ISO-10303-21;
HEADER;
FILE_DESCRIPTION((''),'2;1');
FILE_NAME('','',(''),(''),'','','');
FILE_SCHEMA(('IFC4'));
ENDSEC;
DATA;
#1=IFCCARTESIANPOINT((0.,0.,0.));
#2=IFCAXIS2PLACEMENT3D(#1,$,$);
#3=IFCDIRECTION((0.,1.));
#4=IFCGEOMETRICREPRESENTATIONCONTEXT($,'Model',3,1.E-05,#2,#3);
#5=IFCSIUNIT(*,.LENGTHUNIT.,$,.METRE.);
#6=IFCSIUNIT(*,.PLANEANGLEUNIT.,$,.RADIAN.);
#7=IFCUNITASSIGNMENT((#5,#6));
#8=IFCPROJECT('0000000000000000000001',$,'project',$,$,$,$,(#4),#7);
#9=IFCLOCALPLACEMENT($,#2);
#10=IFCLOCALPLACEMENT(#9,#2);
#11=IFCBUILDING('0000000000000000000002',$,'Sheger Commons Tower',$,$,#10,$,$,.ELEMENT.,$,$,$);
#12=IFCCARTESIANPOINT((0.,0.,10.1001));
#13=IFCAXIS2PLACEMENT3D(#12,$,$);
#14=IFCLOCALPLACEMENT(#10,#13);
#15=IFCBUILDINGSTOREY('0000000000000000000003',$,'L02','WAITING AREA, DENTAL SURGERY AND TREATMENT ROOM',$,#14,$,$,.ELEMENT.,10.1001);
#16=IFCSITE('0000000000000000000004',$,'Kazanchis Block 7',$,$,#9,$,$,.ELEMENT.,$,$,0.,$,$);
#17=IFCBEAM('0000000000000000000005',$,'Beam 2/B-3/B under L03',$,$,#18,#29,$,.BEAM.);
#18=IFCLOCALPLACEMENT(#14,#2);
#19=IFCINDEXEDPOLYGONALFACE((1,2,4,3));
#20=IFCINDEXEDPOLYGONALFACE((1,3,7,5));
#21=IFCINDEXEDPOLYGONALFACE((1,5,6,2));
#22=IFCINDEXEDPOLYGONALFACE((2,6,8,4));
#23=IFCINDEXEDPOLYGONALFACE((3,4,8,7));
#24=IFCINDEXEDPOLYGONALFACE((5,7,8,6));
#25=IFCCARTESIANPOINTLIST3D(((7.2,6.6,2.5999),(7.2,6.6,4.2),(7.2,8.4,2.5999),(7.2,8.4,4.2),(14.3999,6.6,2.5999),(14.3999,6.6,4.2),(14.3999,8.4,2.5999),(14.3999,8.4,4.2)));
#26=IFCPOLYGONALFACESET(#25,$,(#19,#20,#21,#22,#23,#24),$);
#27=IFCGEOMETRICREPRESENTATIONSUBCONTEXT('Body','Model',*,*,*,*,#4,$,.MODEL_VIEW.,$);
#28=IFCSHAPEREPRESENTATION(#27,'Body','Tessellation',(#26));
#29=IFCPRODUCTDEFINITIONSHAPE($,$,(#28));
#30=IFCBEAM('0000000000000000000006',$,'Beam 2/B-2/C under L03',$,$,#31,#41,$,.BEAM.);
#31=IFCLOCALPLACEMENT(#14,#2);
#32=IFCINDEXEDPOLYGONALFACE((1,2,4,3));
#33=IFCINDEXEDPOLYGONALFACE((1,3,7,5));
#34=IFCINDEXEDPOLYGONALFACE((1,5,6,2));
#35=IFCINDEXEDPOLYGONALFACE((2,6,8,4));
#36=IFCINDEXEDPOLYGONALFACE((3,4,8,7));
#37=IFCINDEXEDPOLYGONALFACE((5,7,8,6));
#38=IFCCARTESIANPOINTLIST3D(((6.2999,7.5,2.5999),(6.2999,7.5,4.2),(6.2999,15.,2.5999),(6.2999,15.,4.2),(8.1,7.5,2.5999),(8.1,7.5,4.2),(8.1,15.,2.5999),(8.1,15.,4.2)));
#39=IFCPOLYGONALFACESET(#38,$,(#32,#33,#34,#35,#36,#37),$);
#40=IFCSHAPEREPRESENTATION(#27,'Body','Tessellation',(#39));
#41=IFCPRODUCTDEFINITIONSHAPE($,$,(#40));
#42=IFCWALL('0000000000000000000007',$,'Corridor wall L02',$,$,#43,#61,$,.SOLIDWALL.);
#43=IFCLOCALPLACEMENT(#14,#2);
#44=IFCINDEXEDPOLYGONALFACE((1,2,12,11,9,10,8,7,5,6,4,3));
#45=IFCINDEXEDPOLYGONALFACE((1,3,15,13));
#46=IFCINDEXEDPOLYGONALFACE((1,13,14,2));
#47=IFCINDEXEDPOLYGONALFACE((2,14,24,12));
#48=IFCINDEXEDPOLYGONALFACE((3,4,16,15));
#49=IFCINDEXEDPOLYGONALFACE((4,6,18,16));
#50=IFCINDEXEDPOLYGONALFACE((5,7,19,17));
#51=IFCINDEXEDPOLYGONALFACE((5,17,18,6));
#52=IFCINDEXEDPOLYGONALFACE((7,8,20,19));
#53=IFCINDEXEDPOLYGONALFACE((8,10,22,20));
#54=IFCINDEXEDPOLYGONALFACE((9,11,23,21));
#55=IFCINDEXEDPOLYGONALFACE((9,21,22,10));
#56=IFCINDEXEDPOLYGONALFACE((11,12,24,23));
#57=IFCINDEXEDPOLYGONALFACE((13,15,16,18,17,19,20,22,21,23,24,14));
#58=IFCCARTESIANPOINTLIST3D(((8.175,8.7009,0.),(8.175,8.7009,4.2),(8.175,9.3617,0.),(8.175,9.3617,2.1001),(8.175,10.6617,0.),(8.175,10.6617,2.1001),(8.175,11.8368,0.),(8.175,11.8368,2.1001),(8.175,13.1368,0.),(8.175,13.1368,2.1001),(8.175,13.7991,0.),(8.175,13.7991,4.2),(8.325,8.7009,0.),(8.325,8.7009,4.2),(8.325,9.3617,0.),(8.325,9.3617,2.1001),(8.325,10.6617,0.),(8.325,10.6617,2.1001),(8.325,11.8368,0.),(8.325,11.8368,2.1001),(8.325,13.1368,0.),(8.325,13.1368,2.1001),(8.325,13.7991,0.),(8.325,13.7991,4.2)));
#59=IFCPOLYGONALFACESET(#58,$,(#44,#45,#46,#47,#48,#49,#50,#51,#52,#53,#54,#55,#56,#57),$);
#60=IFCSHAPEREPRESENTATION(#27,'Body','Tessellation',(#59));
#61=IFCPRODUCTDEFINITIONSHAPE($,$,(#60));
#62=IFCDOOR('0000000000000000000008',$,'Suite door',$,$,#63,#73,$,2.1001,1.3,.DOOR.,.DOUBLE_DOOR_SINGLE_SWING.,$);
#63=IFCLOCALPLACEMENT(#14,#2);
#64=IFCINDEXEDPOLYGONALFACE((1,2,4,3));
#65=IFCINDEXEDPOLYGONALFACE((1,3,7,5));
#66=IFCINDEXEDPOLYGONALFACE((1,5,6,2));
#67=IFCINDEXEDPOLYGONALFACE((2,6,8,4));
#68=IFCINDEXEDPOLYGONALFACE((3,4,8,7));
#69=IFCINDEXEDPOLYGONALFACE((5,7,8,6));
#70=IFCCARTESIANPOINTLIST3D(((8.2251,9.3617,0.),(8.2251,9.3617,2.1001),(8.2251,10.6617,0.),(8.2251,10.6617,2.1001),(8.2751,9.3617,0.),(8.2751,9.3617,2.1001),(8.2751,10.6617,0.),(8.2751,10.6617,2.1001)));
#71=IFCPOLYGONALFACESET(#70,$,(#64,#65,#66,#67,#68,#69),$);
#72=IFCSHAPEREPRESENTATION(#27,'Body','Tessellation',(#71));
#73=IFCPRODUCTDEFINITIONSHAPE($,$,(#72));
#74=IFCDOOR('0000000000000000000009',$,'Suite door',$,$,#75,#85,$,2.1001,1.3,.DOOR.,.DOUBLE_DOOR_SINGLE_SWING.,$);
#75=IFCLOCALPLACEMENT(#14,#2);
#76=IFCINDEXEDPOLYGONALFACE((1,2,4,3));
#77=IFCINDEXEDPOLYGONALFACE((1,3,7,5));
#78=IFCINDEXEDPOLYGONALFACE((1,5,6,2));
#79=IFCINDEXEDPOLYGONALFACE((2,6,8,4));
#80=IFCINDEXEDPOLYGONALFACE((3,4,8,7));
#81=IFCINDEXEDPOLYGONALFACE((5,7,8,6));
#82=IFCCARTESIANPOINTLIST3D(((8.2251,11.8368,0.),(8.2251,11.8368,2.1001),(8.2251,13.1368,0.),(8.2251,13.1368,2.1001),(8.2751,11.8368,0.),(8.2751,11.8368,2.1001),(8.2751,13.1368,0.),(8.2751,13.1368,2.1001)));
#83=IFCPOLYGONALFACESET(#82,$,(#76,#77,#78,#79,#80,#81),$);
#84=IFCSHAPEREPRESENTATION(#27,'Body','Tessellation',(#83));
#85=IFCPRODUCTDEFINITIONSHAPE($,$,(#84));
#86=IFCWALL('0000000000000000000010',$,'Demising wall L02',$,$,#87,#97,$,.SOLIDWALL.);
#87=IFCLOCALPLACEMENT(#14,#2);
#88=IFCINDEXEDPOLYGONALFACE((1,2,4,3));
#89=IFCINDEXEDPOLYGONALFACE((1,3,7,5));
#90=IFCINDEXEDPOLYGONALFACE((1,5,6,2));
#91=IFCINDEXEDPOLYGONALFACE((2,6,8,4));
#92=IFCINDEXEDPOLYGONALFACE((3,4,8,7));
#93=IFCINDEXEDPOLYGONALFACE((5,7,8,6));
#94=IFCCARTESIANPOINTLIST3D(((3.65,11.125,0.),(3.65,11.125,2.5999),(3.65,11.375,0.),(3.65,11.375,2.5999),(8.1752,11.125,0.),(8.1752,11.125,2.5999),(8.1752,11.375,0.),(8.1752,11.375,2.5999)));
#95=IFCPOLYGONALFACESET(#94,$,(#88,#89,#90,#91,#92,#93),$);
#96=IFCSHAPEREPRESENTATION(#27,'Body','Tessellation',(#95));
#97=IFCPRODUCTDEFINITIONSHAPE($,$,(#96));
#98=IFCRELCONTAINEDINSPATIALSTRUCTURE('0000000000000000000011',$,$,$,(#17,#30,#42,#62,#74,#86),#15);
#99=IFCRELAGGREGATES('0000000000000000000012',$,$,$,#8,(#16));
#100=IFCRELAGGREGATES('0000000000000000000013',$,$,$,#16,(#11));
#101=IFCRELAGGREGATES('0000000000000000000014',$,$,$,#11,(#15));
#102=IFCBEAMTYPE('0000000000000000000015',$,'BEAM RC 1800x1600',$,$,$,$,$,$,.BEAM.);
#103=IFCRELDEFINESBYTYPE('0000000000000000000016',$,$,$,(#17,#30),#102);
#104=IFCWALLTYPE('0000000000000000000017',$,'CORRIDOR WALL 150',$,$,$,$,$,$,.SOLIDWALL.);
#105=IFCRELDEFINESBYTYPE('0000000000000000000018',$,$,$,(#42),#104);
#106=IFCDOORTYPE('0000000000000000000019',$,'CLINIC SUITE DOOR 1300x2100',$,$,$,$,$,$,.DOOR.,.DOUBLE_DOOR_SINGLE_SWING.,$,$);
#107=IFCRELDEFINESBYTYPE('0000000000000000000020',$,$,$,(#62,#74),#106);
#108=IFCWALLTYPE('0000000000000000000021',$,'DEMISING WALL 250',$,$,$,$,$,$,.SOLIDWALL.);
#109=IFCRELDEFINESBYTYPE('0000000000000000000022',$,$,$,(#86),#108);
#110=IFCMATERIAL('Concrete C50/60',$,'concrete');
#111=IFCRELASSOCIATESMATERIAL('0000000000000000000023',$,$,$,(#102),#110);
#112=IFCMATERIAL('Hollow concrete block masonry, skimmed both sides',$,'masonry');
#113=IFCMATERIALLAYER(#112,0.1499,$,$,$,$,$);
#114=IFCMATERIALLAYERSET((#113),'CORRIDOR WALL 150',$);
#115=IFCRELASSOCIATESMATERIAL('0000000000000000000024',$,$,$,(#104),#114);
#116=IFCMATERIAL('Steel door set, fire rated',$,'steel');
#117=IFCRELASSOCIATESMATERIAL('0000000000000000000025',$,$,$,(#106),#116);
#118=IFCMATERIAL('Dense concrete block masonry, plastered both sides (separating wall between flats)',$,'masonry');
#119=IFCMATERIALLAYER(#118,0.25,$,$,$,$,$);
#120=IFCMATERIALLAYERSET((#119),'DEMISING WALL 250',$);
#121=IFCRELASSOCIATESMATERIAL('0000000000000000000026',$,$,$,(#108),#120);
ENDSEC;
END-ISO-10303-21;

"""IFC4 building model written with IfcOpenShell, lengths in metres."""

from ifc_helpers import new_model, si_unit, direction, frame, frame_2d, origin, origin_2d, place, context, subcontext, project, spatial, rectangle, extrude, material, layer, layer_set, material_profile, profile_set, type_object, element, fill, save


model = new_model("IFC4")

# Units and contexts
model_context = context("Model", 3, precision=1e-05, world=origin(), true_north=direction((0.0, 1.0)))
body_context = subcontext(model_context, "Body", "Model", "MODEL_VIEW")
ifc_project = project(units=[si_unit("LENGTHUNIT", "METRE"), si_unit("PLANEANGLEUNIT", "RADIAN")], contexts=[model_context])

# Site, building, storey
site_placement = place(None, origin())
site = spatial("IfcSite", under=ifc_project, at=site_placement, Name="Kazanchis Block 7", CompositionType="ELEMENT", RefElevation=0.0)
building_placement = place(site_placement, origin())
building = spatial("IfcBuilding", under=site, at=building_placement, Name="Sheger Commons Tower", CompositionType="ELEMENT")
storey_placement = place(building_placement, frame((0.0, 0.0, 10.1001)))
storey = spatial("IfcBuildingStorey", under=building, at=storey_placement, Name="L02", Description="WAITING AREA, DENTAL SURGERY AND TREATMENT ROOM", CompositionType="ELEMENT", Elevation=10.1001)

# Beams
ifc_material_1 = material(Name="Concrete C50/60", Category="concrete")
ifc_material_profile = material_profile(ifc_material_1, rectangle(XDim=1.8, YDim=1.6001, at=origin_2d()), Name="RC 1800x1600")
ifc_profile_set = profile_set([ifc_material_profile], Name="Concrete C50/60")
beam_type = type_object("IfcBeamType", Name="BEAM RC 1800x1600", PredefinedType="BEAM", material=ifc_profile_set)
beam_1_placement = place(storey_placement, frame((7.2, 7.5, 3.3999), z_axis=(1.0, 0.0, 0.0), x_axis=(0.0, 1.0, 0.0)))
element("IfcBeam", 1, at=beam_1_placement, inside=storey, type_object=beam_type, Name="Beam 2/B-3/B under L03", PredefinedType="BEAM", context=body_context, shape_type="SweptSolid", body=[
    extrude(rectangle(XDim=1.8, YDim=1.6001, at=origin_2d()), origin(), (0.0, 0.0, 1.0), 7.2),
])
beam_2_placement = place(storey_placement, frame((7.2, 7.5, 3.3999), z_axis=(0.0, 1.0, 0.0), x_axis=(-1.0, 0.0, 0.0)))
element("IfcBeam", 2, at=beam_2_placement, inside=storey, type_object=beam_type, Name="Beam 2/B-2/C under L03", PredefinedType="BEAM", context=body_context, shape_type="SweptSolid", body=[
    extrude(rectangle(XDim=1.8, YDim=1.6001, at=origin_2d()), origin(), (0.0, 0.0, 1.0), 7.5),
])

# Wall, openings, doors
ifc_material_2 = material(Name="Hollow concrete block masonry, skimmed both sides", Category="masonry")
ifc_layer_1 = layer(ifc_material_2, 0.1499)
ifc_layer_set_1 = layer_set([ifc_layer_1], Name="CORRIDOR WALL 150")
wall_type_1 = type_object("IfcWallType", Name="CORRIDOR WALL 150", PredefinedType="SOLIDWALL", material=ifc_layer_set_1)
wall_1_placement = place(storey_placement, frame((8.25, 8.7009, 0.0), z_axis=(0.0, 0.0, 1.0), x_axis=(0.0, 1.0, 0.0)))
wall_1 = element("IfcWall", 3, at=wall_1_placement, inside=storey, type_object=wall_type_1, Name="Corridor wall L02", PredefinedType="SOLIDWALL", context=body_context, shape_type="SweptSolid", body=[
    extrude(rectangle(XDim=5.0981, YDim=0.1499, at=frame_2d((2.5491, 0.0))), origin(), (0.0, 0.0, 1.0), 4.2),
])
opening_1_placement = place(wall_1_placement, frame((0.6609, 0.0, 0.0)))
opening_1 = element("IfcOpeningElement", 4, at=opening_1_placement, cuts=wall_1, PredefinedType="OPENING", context=body_context, shape_type="SweptSolid", body=[
    extrude(rectangle(XDim=1.3, YDim=2.1001, at=frame_2d((0.6499, 1.05))), frame((0.0, 0.085, 0.0), z_axis=(0.0, -1.0, 0.0), x_axis=(1.0, 0.0, 0.0)), (0.0, 0.0, 1.0), 0.1699),
])
opening_2_placement = place(wall_1_placement, frame((3.136, 0.0, 0.0)))
opening_2 = element("IfcOpeningElement", 5, at=opening_2_placement, cuts=wall_1, PredefinedType="OPENING", context=body_context, shape_type="SweptSolid", body=[
    extrude(rectangle(XDim=1.3, YDim=2.1001, at=frame_2d((0.6499, 1.05))), frame((0.0, 0.085, 0.0), z_axis=(0.0, -1.0, 0.0), x_axis=(1.0, 0.0, 0.0)), (0.0, 0.0, 1.0), 0.1699),
])
ifc_material_3 = material(Name="Steel door set, fire rated", Category="steel")
door_type_1 = type_object("IfcDoorType", Name="CLINIC SUITE DOOR 1300x2100", OperationType="DOUBLE_DOOR_SINGLE_SWING", PredefinedType="DOOR", material=ifc_material_3)
door_1_placement = place(opening_1_placement, origin())
door_1 = element("IfcDoor", 6, at=door_1_placement, inside=storey, type_object=door_type_1, Name="Suite door", OperationType="DOUBLE_DOOR_SINGLE_SWING", OverallHeight=2.1001, OverallWidth=1.3, PredefinedType="DOOR", context=body_context, shape_type="SweptSolid", body=[
    extrude(rectangle(XDim=1.3, YDim=2.1001, at=frame_2d((0.6499, 1.05))), frame((0.0, 0.0249, 0.0), z_axis=(0.0, -1.0, 0.0), x_axis=(1.0, 0.0, 0.0)), (0.0, 0.0, 1.0), 0.05),
])
fill(opening_1, door_1)
door_2_placement = place(opening_2_placement, origin())
door_2 = element("IfcDoor", 7, at=door_2_placement, inside=storey, type_object=door_type_1, Name="Suite door", OperationType="DOUBLE_DOOR_SINGLE_SWING", OverallHeight=2.1001, OverallWidth=1.3, PredefinedType="DOOR", context=body_context, shape_type="SweptSolid", body=[
    extrude(rectangle(XDim=1.3, YDim=2.1001, at=frame_2d((0.6499, 1.05))), frame((0.0, 0.0249, 0.0), z_axis=(0.0, -1.0, 0.0), x_axis=(1.0, 0.0, 0.0)), (0.0, 0.0, 1.0), 0.05),
])
fill(opening_2, door_2)

# Wall
ifc_material_4 = material(Name="Dense concrete block masonry, plastered both sides (separating wall between flats)", Category="masonry")
ifc_layer_2 = layer(ifc_material_4, 0.25)
ifc_layer_set_2 = layer_set([ifc_layer_2], Name="DEMISING WALL 250")
wall_type_2 = type_object("IfcWallType", Name="DEMISING WALL 250", PredefinedType="SOLIDWALL", material=ifc_layer_set_2)
wall_2_placement = place(storey_placement, frame((3.6499, 11.25, 0.0), z_axis=(0.0, 0.0, 1.0), x_axis=(1.0, 0.0, 0.0)))
element("IfcWall", 8, at=wall_2_placement, inside=storey, type_object=wall_type_2, Name="Demising wall L02", PredefinedType="SOLIDWALL", context=body_context, shape_type="SweptSolid", body=[
    extrude(rectangle(XDim=4.5251, YDim=0.25, at=frame_2d((2.2627, 0.0))), origin(), (0.0, 0.0, 1.0), 2.5999),
])

save(model, "model.ifc")
